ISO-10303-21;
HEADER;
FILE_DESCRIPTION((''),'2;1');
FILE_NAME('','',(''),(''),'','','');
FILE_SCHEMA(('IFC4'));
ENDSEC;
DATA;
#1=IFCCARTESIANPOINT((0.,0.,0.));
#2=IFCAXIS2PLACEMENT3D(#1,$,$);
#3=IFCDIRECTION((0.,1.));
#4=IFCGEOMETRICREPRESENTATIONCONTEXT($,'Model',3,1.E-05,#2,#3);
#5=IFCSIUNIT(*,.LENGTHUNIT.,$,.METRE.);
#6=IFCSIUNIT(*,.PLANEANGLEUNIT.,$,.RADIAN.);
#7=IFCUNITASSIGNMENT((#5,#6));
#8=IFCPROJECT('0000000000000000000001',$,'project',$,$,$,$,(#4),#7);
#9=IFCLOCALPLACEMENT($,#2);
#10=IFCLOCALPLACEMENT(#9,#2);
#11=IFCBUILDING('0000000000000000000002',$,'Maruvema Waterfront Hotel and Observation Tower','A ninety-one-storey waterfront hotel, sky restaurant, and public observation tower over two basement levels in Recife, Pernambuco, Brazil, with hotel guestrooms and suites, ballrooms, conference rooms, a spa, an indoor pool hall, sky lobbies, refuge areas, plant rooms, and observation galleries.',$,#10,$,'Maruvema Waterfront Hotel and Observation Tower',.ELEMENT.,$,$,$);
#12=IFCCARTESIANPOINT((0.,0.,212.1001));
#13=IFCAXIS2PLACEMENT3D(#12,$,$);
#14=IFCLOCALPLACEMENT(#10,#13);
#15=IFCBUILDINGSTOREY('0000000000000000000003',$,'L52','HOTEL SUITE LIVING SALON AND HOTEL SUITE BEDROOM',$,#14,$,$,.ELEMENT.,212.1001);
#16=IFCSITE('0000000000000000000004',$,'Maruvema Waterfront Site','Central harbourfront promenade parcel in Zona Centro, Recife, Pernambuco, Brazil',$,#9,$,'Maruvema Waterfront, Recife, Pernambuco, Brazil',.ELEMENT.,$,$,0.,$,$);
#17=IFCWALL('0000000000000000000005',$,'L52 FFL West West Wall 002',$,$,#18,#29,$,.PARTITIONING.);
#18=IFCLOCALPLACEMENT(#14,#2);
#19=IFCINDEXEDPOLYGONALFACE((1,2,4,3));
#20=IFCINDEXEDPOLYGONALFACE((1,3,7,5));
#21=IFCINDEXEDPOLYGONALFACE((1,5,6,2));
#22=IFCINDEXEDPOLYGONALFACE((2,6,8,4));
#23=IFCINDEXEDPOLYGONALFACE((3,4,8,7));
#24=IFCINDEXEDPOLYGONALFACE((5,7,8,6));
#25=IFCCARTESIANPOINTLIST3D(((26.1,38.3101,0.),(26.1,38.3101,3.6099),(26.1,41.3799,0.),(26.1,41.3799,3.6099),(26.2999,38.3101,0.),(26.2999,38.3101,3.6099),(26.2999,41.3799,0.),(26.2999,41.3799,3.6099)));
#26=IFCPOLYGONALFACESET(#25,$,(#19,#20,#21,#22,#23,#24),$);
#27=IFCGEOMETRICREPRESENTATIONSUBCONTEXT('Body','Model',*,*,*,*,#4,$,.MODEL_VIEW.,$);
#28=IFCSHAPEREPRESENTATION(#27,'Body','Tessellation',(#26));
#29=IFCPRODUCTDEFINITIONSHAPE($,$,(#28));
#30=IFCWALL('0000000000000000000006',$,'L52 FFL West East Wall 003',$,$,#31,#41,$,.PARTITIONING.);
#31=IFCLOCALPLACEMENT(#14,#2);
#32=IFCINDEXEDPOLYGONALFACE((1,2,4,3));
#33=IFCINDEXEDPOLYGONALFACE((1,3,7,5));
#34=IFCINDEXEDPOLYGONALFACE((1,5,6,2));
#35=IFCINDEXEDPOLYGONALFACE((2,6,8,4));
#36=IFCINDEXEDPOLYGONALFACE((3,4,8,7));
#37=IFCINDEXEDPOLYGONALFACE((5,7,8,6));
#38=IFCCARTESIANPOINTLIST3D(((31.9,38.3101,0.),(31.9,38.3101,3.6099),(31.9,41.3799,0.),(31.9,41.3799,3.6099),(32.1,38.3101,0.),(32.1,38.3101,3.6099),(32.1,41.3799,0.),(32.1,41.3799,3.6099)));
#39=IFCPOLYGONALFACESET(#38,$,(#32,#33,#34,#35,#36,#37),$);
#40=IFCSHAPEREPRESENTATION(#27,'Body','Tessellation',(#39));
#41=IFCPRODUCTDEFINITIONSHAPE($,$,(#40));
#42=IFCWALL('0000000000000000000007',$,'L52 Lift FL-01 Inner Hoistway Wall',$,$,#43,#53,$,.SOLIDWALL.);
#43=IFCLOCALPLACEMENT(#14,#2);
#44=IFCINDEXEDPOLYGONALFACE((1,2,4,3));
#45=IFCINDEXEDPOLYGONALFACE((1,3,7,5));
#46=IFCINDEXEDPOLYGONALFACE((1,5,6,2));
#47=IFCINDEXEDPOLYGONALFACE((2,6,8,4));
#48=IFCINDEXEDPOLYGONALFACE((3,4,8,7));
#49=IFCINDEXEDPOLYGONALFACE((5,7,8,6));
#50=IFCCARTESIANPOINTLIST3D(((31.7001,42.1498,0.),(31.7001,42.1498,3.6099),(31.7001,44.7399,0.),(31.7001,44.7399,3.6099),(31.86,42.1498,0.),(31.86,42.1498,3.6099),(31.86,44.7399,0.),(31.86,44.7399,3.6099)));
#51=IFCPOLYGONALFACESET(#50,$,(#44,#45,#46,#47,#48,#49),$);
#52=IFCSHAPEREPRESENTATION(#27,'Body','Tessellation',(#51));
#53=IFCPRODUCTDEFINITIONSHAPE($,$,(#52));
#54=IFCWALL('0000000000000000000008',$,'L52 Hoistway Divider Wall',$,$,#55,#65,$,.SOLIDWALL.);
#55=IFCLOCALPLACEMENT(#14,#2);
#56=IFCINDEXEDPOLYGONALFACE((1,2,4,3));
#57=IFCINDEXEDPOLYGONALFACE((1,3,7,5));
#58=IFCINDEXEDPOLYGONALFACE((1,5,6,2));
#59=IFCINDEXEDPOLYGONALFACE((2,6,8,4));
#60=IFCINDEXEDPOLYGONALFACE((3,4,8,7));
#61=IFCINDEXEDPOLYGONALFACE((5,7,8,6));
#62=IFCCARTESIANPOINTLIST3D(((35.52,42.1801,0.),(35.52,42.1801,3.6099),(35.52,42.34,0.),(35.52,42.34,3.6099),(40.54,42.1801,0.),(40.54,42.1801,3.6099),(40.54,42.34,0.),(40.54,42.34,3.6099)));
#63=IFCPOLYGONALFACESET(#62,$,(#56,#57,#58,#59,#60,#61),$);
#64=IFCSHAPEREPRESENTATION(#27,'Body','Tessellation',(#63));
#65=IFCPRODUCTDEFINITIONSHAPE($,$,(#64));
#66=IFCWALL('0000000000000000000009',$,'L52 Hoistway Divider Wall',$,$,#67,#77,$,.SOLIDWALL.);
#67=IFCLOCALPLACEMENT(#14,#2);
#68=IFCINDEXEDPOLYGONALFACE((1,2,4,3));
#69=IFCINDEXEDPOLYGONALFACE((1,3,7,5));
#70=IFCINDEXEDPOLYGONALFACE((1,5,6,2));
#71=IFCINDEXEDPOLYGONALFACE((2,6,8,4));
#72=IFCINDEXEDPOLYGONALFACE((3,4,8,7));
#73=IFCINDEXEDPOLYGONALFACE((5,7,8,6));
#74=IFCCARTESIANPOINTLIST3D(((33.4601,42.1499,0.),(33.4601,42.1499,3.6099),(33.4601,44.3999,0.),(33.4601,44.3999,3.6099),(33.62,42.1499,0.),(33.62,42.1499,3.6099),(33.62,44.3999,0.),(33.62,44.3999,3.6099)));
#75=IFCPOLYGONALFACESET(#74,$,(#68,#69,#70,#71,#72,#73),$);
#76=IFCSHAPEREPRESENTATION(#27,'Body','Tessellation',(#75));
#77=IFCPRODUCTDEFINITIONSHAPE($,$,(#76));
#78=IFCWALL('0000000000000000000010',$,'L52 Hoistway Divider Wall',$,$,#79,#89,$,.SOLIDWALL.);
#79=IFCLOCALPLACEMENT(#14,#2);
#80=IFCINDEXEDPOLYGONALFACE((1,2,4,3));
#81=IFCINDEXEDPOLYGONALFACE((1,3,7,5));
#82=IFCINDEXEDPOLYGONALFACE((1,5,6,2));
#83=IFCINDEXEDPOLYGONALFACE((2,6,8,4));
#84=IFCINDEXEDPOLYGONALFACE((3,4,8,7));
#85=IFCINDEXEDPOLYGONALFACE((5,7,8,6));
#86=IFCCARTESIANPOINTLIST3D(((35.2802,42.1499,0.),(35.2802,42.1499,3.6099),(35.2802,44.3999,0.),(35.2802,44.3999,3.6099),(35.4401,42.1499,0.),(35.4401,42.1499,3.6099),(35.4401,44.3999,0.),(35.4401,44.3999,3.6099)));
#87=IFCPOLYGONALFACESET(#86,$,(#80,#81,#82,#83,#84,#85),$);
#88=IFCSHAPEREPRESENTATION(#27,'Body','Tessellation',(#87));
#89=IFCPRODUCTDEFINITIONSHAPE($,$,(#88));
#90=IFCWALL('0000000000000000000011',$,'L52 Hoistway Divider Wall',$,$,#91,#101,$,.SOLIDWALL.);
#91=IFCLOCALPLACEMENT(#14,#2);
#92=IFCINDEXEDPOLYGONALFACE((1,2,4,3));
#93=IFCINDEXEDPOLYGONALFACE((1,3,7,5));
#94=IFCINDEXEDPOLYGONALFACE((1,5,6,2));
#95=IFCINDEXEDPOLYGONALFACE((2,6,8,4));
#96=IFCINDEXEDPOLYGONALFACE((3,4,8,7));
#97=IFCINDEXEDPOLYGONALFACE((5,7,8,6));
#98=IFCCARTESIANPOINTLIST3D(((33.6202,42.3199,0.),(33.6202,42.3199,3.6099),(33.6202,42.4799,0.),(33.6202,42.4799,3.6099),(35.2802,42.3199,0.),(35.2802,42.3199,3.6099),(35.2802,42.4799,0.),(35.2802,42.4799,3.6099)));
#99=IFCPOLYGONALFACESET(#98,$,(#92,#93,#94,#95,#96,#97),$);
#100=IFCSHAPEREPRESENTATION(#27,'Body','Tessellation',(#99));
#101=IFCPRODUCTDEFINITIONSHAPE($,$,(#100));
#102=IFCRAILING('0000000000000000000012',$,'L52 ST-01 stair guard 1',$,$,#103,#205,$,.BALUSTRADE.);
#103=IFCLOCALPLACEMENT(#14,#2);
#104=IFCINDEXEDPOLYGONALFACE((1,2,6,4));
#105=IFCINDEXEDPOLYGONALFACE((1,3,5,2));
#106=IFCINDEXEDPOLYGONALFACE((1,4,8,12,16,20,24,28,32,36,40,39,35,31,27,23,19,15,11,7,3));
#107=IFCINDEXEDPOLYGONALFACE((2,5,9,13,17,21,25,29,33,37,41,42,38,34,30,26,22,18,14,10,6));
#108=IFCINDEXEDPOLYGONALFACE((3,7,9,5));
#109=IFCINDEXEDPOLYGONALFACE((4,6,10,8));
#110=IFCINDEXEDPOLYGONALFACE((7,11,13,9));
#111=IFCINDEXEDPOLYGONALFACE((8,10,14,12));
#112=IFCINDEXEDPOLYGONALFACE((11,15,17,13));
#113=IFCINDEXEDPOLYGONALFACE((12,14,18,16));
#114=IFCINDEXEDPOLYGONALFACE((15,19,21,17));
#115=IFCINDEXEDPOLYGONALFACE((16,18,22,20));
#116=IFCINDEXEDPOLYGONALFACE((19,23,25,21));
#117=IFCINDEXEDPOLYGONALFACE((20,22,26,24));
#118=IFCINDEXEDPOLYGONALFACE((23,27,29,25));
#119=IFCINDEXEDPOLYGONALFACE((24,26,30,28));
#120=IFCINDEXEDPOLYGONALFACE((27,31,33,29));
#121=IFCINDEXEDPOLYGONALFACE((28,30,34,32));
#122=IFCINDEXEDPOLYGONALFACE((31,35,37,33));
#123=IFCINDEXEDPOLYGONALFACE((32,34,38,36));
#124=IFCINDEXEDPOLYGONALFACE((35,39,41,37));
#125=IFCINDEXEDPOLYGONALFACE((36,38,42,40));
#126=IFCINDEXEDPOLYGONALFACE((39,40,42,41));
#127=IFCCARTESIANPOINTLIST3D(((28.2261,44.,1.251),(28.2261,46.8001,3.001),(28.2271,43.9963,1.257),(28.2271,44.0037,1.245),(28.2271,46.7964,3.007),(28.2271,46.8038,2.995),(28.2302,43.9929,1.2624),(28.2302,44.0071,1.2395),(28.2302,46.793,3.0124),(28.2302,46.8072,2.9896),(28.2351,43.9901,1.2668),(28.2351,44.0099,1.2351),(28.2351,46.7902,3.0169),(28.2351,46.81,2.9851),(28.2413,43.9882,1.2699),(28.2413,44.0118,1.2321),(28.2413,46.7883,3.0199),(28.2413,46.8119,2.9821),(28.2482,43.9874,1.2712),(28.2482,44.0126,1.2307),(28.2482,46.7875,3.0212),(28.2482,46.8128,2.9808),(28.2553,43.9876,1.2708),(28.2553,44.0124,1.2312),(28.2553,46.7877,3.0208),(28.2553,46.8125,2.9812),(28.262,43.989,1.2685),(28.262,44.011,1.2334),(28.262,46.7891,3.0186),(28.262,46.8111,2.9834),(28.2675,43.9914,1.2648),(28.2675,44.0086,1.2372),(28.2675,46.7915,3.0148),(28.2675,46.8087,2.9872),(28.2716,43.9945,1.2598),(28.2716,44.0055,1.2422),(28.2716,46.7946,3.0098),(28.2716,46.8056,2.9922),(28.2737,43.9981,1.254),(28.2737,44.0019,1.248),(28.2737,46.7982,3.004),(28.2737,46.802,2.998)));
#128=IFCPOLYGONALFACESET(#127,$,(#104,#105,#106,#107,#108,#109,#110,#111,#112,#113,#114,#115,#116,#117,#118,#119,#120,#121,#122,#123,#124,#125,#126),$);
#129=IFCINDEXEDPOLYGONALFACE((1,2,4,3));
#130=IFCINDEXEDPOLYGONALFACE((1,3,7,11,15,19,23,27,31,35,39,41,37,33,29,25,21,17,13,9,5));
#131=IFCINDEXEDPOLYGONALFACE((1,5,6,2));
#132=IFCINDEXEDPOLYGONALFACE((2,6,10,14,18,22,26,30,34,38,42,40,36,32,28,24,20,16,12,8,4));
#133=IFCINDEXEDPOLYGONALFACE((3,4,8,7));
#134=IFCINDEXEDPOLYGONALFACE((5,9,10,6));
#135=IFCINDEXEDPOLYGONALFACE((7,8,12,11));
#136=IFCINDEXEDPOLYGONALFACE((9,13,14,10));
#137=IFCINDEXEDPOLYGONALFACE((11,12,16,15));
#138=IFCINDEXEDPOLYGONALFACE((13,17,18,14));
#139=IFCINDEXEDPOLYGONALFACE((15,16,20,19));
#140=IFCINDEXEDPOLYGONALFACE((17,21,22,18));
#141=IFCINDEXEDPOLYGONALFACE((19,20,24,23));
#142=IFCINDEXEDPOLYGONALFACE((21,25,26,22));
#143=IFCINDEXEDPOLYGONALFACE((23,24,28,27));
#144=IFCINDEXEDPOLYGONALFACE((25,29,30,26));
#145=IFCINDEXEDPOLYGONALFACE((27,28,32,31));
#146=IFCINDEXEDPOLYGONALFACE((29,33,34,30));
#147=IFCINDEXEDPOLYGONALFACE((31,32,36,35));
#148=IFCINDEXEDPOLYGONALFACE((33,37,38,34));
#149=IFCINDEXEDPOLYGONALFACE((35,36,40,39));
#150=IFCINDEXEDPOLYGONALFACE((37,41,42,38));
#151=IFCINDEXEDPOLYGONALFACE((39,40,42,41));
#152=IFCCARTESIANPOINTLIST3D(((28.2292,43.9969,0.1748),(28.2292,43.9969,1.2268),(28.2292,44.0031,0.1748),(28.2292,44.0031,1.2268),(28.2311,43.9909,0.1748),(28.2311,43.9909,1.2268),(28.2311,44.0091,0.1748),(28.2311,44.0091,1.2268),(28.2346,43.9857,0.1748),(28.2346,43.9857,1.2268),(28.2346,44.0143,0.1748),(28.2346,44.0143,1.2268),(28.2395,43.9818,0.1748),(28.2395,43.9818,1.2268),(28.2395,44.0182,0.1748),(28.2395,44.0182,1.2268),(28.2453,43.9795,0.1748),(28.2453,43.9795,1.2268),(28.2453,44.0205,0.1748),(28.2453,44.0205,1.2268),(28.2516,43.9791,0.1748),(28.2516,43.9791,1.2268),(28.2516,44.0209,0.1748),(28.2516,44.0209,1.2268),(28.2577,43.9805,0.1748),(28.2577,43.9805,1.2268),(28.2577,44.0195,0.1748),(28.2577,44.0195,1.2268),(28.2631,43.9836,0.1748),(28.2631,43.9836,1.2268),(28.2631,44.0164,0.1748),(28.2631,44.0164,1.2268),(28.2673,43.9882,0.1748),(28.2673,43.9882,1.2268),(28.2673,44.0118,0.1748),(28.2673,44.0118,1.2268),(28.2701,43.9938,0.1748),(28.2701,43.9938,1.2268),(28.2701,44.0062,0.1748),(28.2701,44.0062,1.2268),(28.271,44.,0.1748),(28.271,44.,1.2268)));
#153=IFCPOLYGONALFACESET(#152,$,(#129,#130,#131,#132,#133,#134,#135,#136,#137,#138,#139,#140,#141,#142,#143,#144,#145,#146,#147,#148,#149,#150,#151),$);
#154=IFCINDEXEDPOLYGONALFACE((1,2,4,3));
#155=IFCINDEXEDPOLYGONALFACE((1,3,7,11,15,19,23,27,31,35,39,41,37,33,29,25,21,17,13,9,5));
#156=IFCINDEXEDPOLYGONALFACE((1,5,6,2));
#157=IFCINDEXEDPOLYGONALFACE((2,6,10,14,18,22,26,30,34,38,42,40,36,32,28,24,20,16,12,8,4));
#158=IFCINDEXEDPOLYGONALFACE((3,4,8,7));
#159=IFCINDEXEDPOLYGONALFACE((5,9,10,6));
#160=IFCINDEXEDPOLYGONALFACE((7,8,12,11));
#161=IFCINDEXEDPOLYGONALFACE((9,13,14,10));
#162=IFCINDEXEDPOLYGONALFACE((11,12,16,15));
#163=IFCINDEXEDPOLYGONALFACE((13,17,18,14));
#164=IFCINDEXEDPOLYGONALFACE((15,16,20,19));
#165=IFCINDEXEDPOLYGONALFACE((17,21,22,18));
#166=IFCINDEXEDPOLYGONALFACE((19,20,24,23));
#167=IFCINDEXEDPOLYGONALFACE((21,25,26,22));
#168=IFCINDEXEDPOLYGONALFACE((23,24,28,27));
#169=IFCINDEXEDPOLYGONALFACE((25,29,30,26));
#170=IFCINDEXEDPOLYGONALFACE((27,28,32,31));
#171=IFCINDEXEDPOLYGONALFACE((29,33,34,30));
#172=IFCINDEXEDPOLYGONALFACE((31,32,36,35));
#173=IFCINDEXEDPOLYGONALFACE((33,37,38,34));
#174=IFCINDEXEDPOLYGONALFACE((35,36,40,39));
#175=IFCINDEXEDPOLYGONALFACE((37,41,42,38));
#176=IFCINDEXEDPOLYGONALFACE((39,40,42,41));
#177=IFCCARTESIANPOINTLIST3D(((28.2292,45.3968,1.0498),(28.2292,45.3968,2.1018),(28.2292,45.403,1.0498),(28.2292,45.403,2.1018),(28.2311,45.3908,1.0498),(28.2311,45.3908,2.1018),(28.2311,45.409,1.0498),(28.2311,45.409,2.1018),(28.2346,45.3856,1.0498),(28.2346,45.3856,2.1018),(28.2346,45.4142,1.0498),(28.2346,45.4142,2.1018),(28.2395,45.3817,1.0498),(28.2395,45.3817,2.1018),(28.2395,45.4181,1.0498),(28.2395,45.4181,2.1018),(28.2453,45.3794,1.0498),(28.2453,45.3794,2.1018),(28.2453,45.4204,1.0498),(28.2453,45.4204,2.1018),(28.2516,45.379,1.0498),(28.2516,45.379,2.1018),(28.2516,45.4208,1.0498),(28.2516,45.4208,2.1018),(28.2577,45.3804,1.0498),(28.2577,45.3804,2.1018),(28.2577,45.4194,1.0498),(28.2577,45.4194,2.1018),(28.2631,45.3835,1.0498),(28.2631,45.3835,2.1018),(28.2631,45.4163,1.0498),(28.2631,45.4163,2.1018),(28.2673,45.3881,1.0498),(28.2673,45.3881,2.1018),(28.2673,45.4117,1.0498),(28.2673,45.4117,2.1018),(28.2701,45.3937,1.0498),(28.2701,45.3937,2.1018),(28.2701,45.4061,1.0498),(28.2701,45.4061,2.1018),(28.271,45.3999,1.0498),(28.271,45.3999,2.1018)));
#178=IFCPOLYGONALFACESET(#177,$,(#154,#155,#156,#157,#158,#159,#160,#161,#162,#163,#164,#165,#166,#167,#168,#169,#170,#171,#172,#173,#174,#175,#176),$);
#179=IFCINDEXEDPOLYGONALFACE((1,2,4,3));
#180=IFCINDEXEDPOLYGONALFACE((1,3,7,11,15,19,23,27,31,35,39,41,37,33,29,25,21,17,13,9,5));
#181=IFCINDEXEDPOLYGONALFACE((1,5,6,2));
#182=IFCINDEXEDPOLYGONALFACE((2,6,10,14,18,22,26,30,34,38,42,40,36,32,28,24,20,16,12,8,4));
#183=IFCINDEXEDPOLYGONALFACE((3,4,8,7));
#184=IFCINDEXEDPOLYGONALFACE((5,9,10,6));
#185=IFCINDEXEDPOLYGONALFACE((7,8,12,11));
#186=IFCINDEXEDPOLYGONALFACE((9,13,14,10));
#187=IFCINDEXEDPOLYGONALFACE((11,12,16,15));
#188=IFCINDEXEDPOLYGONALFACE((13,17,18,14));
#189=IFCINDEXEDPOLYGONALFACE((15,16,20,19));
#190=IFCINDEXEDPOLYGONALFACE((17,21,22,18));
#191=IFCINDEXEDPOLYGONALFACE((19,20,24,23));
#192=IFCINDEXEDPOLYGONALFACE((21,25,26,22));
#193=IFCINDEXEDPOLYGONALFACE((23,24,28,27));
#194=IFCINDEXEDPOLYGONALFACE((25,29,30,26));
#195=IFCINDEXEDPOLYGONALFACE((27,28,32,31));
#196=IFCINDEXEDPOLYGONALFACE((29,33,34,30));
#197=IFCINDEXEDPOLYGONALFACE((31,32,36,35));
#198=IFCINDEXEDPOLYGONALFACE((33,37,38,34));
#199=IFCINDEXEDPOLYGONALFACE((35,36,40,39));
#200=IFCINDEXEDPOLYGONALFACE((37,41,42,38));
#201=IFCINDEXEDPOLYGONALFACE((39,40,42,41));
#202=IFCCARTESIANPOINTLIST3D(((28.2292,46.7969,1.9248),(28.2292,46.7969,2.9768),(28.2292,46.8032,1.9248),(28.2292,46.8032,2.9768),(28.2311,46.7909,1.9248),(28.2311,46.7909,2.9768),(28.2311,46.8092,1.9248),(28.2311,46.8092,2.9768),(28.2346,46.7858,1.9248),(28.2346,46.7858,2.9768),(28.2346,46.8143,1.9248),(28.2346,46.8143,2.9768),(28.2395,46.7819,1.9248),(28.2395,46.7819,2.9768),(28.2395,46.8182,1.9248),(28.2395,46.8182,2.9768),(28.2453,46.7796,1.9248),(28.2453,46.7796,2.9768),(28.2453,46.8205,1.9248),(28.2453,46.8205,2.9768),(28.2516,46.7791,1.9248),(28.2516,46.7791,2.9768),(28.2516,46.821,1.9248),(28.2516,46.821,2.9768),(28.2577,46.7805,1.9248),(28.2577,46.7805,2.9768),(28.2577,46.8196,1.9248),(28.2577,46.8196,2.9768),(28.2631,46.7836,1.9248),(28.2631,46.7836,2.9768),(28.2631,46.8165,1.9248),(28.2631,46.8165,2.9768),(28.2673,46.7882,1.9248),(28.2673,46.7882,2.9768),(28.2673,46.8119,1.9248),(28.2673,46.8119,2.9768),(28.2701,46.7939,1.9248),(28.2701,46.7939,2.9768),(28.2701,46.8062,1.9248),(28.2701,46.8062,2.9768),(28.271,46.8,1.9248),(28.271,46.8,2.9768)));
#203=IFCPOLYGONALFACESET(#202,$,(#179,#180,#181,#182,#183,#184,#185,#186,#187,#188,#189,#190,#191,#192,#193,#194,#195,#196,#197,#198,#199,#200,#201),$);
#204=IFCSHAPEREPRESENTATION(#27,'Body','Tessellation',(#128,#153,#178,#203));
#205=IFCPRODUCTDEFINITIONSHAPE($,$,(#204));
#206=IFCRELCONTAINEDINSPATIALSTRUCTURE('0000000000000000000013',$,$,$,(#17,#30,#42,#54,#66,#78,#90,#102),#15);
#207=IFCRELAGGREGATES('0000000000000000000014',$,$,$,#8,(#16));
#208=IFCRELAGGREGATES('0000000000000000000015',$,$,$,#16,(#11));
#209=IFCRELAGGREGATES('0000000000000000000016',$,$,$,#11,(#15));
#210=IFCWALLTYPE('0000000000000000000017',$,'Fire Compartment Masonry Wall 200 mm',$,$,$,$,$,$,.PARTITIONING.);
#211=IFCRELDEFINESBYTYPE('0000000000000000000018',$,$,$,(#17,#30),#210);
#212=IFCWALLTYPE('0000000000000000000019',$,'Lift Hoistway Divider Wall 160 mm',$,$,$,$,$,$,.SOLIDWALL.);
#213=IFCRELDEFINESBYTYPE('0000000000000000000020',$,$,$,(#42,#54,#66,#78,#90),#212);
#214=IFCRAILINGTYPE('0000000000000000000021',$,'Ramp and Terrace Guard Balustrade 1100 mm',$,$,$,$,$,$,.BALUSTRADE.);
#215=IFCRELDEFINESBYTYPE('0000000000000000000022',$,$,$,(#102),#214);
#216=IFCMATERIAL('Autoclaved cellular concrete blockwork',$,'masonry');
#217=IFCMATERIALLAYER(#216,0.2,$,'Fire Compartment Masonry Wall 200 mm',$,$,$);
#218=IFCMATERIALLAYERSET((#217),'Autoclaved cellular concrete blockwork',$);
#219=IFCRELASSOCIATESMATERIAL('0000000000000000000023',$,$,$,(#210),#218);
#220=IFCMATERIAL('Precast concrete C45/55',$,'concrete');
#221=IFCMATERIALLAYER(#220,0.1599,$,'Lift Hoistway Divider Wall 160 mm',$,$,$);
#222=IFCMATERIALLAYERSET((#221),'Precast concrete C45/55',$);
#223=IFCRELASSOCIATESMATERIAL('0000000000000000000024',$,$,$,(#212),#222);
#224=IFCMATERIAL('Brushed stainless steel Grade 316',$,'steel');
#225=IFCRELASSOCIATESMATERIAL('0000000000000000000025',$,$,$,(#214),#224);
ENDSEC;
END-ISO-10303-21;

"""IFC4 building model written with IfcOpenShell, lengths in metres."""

from ifc_helpers import new_model, si_unit, direction, frame, frame_2d, origin, origin_2d, place, context, subcontext, project, spatial, rectangle, circle, extrude, material, layer, layer_set, type_object, element, save


model = new_model("IFC4")

# Units and contexts
model_context = context("Model", 3, precision=1e-05, world=origin(), true_north=direction((0.0, 1.0)))
body_context = subcontext(model_context, "Body", "Model", "MODEL_VIEW")
ifc_project = project(units=[si_unit("LENGTHUNIT", "METRE"), si_unit("PLANEANGLEUNIT", "RADIAN")], contexts=[model_context])

# Site, building, storey
site_placement = place(None, origin())
site = spatial("IfcSite", under=ifc_project, at=site_placement, Name="Maruvema Waterfront Site", Description="Central harbourfront promenade parcel in Zona Centro, Recife, Pernambuco, Brazil", LongName="Maruvema Waterfront, Recife, Pernambuco, Brazil", CompositionType="ELEMENT", RefElevation=0.0)
building_placement = place(site_placement, origin())
building = spatial("IfcBuilding", under=site, at=building_placement, Name="Maruvema Waterfront Hotel and Observation Tower", Description="A ninety-one-storey waterfront hotel, sky restaurant, and public observation tower over two basement levels in Recife, Pernambuco, Brazil, with hotel guestrooms and suites, ballrooms, conference rooms, a spa, an indoor pool hall, sky lobbies, refuge areas, plant rooms, and observation galleries.", LongName="Maruvema Waterfront Hotel and Observation Tower", CompositionType="ELEMENT")
storey_placement = place(building_placement, frame((0.0, 0.0, 212.1001)))
storey = spatial("IfcBuildingStorey", under=building, at=storey_placement, Name="L52", Description="HOTEL SUITE LIVING SALON AND HOTEL SUITE BEDROOM", CompositionType="ELEMENT", Elevation=212.1001)

# Shared definitions
ifc_material_1 = material(Name="Autoclaved cellular concrete blockwork", Category="masonry")
ifc_layer_1 = layer(ifc_material_1, 0.2, Name="Fire Compartment Masonry Wall 200 mm")
ifc_layer_set_1 = layer_set([ifc_layer_1], Name="Autoclaved cellular concrete blockwork")
wall_type_1 = type_object("IfcWallType", Name="Fire Compartment Masonry Wall 200 mm", PredefinedType="PARTITIONING", material=ifc_layer_set_1)

# Walls
for number, where, z_axis, x_axis, name in (
    (1, (26.2, 38.3101, 0.0), (0.0, 0.0, 1.0), (0.0, 1.0, 0.0), "L52 FFL West West Wall 002"),
    (2, (32.0, 38.3101, 0.0), (0.0, 0.0, 1.0), (0.0, 1.0, 0.0), "L52 FFL West East Wall 003"),
):
    element("IfcWall", number, at=place(storey_placement, frame(where, z_axis=z_axis, x_axis=x_axis)), inside=storey, type_object=wall_type_1, Name=name, PredefinedType="PARTITIONING", context=body_context, shape_type="SweptSolid", body=[
        extrude(rectangle(XDim=3.0698, YDim=0.2, at=frame_2d((1.5349, 0.0))), origin(), (0.0, 0.0, 1.0), 3.6099),
    ])
ifc_material_2 = material(Name="Precast concrete C45/55", Category="concrete")
ifc_layer_2 = layer(ifc_material_2, 0.1599, Name="Lift Hoistway Divider Wall 160 mm")
ifc_layer_set_2 = layer_set([ifc_layer_2], Name="Precast concrete C45/55")
wall_type_2 = type_object("IfcWallType", Name="Lift Hoistway Divider Wall 160 mm", PredefinedType="SOLIDWALL", material=ifc_layer_set_2)
wall_1_placement = place(storey_placement, frame((31.78, 42.1499, 0.0), z_axis=(0.0, 0.0, 1.0), x_axis=(0.0, 1.0, 0.0)))
element("IfcWall", 3, at=wall_1_placement, inside=storey, type_object=wall_type_2, Name="L52 Lift FL-01 Inner Hoistway Wall", PredefinedType="SOLIDWALL", context=body_context, shape_type="SweptSolid", body=[
    extrude(rectangle(XDim=2.5901, YDim=0.1599, at=frame_2d((1.2949, 0.0))), origin(), (0.0, 0.0, 1.0), 3.6099),
])
wall_2_placement = place(storey_placement, frame((35.52, 42.26, 0.0), z_axis=(0.0, 0.0, 1.0), x_axis=(1.0, 0.0, 0.0)))
element("IfcWall", 4, at=wall_2_placement, inside=storey, type_object=wall_type_2, Name="L52 Hoistway Divider Wall", PredefinedType="SOLIDWALL", context=body_context, shape_type="SweptSolid", body=[
    extrude(rectangle(XDim=5.02, YDim=0.1599, at=frame_2d((2.51, 0.0))), origin(), (0.0, 0.0, 1.0), 3.6099),
])
for number, where, z_axis, x_axis, name in (
    (5, (33.54, 42.1499, 0.0), (0.0, 0.0, 1.0), (0.0, 1.0, 0.0), "L52 Hoistway Divider Wall"),
    (6, (35.3601, 42.1499, 0.0), (0.0, 0.0, 1.0), (0.0, 1.0, 0.0), "L52 Hoistway Divider Wall"),
):
    element("IfcWall", number, at=place(storey_placement, frame(where, z_axis=z_axis, x_axis=x_axis)), inside=storey, type_object=wall_type_2, Name=name, PredefinedType="SOLIDWALL", context=body_context, shape_type="SweptSolid", body=[
        extrude(rectangle(XDim=2.25, YDim=0.1599, at=frame_2d((1.125, 0.0))), origin(), (0.0, 0.0, 1.0), 3.6099),
    ])
wall_3_placement = place(storey_placement, frame((33.6201, 42.3999, 0.0), z_axis=(0.0, 0.0, 1.0), x_axis=(1.0, 0.0, 0.0)))
element("IfcWall", 7, at=wall_3_placement, inside=storey, type_object=wall_type_2, Name="L52 Hoistway Divider Wall", PredefinedType="SOLIDWALL", context=body_context, shape_type="SweptSolid", body=[
    extrude(rectangle(XDim=1.6599, YDim=0.1599, at=frame_2d((0.8301, 0.0))), origin(), (0.0, 0.0, 1.0), 3.6099),
])

# Railing
ifc_material_3 = material(Name="Brushed stainless steel Grade 316", Category="steel")
railing_type = type_object("IfcRailingType", Name="Ramp and Terrace Guard Balustrade 1100 mm", PredefinedType="BALUSTRADE", material=ifc_material_3)
railing_1_placement = place(storey_placement, frame((28.25, 44.0, 0.1748)))
element("IfcRailing", 8, at=railing_1_placement, inside=storey, type_object=railing_type, Name="L52 ST-01 stair guard 1", PredefinedType="BALUSTRADE", context=body_context, shape_type="SweptSolid", body=[
    extrude(circle(Radius=0.0239, at=origin_2d()), frame((0.0, 0.0, 1.0762), z_axis=(0.0, 0.848002, 0.529992), x_axis=(-1.0, 0.0, 0.0)), (0.0, 0.0, 1.0), 3.302),
    extrude(circle(Radius=0.021, at=origin_2d()), origin(), (0.0, 0.0, 1.0), 1.052),
    extrude(circle(Radius=0.021, at=origin_2d()), frame((0.0, 1.3999, 0.875)), (0.0, 0.0, 1.0), 1.052),
    extrude(circle(Radius=0.021, at=origin_2d()), frame((0.0, 2.8, 1.75)), (0.0, 0.0, 1.0), 1.052),
])

save(model, "model.ifc")
